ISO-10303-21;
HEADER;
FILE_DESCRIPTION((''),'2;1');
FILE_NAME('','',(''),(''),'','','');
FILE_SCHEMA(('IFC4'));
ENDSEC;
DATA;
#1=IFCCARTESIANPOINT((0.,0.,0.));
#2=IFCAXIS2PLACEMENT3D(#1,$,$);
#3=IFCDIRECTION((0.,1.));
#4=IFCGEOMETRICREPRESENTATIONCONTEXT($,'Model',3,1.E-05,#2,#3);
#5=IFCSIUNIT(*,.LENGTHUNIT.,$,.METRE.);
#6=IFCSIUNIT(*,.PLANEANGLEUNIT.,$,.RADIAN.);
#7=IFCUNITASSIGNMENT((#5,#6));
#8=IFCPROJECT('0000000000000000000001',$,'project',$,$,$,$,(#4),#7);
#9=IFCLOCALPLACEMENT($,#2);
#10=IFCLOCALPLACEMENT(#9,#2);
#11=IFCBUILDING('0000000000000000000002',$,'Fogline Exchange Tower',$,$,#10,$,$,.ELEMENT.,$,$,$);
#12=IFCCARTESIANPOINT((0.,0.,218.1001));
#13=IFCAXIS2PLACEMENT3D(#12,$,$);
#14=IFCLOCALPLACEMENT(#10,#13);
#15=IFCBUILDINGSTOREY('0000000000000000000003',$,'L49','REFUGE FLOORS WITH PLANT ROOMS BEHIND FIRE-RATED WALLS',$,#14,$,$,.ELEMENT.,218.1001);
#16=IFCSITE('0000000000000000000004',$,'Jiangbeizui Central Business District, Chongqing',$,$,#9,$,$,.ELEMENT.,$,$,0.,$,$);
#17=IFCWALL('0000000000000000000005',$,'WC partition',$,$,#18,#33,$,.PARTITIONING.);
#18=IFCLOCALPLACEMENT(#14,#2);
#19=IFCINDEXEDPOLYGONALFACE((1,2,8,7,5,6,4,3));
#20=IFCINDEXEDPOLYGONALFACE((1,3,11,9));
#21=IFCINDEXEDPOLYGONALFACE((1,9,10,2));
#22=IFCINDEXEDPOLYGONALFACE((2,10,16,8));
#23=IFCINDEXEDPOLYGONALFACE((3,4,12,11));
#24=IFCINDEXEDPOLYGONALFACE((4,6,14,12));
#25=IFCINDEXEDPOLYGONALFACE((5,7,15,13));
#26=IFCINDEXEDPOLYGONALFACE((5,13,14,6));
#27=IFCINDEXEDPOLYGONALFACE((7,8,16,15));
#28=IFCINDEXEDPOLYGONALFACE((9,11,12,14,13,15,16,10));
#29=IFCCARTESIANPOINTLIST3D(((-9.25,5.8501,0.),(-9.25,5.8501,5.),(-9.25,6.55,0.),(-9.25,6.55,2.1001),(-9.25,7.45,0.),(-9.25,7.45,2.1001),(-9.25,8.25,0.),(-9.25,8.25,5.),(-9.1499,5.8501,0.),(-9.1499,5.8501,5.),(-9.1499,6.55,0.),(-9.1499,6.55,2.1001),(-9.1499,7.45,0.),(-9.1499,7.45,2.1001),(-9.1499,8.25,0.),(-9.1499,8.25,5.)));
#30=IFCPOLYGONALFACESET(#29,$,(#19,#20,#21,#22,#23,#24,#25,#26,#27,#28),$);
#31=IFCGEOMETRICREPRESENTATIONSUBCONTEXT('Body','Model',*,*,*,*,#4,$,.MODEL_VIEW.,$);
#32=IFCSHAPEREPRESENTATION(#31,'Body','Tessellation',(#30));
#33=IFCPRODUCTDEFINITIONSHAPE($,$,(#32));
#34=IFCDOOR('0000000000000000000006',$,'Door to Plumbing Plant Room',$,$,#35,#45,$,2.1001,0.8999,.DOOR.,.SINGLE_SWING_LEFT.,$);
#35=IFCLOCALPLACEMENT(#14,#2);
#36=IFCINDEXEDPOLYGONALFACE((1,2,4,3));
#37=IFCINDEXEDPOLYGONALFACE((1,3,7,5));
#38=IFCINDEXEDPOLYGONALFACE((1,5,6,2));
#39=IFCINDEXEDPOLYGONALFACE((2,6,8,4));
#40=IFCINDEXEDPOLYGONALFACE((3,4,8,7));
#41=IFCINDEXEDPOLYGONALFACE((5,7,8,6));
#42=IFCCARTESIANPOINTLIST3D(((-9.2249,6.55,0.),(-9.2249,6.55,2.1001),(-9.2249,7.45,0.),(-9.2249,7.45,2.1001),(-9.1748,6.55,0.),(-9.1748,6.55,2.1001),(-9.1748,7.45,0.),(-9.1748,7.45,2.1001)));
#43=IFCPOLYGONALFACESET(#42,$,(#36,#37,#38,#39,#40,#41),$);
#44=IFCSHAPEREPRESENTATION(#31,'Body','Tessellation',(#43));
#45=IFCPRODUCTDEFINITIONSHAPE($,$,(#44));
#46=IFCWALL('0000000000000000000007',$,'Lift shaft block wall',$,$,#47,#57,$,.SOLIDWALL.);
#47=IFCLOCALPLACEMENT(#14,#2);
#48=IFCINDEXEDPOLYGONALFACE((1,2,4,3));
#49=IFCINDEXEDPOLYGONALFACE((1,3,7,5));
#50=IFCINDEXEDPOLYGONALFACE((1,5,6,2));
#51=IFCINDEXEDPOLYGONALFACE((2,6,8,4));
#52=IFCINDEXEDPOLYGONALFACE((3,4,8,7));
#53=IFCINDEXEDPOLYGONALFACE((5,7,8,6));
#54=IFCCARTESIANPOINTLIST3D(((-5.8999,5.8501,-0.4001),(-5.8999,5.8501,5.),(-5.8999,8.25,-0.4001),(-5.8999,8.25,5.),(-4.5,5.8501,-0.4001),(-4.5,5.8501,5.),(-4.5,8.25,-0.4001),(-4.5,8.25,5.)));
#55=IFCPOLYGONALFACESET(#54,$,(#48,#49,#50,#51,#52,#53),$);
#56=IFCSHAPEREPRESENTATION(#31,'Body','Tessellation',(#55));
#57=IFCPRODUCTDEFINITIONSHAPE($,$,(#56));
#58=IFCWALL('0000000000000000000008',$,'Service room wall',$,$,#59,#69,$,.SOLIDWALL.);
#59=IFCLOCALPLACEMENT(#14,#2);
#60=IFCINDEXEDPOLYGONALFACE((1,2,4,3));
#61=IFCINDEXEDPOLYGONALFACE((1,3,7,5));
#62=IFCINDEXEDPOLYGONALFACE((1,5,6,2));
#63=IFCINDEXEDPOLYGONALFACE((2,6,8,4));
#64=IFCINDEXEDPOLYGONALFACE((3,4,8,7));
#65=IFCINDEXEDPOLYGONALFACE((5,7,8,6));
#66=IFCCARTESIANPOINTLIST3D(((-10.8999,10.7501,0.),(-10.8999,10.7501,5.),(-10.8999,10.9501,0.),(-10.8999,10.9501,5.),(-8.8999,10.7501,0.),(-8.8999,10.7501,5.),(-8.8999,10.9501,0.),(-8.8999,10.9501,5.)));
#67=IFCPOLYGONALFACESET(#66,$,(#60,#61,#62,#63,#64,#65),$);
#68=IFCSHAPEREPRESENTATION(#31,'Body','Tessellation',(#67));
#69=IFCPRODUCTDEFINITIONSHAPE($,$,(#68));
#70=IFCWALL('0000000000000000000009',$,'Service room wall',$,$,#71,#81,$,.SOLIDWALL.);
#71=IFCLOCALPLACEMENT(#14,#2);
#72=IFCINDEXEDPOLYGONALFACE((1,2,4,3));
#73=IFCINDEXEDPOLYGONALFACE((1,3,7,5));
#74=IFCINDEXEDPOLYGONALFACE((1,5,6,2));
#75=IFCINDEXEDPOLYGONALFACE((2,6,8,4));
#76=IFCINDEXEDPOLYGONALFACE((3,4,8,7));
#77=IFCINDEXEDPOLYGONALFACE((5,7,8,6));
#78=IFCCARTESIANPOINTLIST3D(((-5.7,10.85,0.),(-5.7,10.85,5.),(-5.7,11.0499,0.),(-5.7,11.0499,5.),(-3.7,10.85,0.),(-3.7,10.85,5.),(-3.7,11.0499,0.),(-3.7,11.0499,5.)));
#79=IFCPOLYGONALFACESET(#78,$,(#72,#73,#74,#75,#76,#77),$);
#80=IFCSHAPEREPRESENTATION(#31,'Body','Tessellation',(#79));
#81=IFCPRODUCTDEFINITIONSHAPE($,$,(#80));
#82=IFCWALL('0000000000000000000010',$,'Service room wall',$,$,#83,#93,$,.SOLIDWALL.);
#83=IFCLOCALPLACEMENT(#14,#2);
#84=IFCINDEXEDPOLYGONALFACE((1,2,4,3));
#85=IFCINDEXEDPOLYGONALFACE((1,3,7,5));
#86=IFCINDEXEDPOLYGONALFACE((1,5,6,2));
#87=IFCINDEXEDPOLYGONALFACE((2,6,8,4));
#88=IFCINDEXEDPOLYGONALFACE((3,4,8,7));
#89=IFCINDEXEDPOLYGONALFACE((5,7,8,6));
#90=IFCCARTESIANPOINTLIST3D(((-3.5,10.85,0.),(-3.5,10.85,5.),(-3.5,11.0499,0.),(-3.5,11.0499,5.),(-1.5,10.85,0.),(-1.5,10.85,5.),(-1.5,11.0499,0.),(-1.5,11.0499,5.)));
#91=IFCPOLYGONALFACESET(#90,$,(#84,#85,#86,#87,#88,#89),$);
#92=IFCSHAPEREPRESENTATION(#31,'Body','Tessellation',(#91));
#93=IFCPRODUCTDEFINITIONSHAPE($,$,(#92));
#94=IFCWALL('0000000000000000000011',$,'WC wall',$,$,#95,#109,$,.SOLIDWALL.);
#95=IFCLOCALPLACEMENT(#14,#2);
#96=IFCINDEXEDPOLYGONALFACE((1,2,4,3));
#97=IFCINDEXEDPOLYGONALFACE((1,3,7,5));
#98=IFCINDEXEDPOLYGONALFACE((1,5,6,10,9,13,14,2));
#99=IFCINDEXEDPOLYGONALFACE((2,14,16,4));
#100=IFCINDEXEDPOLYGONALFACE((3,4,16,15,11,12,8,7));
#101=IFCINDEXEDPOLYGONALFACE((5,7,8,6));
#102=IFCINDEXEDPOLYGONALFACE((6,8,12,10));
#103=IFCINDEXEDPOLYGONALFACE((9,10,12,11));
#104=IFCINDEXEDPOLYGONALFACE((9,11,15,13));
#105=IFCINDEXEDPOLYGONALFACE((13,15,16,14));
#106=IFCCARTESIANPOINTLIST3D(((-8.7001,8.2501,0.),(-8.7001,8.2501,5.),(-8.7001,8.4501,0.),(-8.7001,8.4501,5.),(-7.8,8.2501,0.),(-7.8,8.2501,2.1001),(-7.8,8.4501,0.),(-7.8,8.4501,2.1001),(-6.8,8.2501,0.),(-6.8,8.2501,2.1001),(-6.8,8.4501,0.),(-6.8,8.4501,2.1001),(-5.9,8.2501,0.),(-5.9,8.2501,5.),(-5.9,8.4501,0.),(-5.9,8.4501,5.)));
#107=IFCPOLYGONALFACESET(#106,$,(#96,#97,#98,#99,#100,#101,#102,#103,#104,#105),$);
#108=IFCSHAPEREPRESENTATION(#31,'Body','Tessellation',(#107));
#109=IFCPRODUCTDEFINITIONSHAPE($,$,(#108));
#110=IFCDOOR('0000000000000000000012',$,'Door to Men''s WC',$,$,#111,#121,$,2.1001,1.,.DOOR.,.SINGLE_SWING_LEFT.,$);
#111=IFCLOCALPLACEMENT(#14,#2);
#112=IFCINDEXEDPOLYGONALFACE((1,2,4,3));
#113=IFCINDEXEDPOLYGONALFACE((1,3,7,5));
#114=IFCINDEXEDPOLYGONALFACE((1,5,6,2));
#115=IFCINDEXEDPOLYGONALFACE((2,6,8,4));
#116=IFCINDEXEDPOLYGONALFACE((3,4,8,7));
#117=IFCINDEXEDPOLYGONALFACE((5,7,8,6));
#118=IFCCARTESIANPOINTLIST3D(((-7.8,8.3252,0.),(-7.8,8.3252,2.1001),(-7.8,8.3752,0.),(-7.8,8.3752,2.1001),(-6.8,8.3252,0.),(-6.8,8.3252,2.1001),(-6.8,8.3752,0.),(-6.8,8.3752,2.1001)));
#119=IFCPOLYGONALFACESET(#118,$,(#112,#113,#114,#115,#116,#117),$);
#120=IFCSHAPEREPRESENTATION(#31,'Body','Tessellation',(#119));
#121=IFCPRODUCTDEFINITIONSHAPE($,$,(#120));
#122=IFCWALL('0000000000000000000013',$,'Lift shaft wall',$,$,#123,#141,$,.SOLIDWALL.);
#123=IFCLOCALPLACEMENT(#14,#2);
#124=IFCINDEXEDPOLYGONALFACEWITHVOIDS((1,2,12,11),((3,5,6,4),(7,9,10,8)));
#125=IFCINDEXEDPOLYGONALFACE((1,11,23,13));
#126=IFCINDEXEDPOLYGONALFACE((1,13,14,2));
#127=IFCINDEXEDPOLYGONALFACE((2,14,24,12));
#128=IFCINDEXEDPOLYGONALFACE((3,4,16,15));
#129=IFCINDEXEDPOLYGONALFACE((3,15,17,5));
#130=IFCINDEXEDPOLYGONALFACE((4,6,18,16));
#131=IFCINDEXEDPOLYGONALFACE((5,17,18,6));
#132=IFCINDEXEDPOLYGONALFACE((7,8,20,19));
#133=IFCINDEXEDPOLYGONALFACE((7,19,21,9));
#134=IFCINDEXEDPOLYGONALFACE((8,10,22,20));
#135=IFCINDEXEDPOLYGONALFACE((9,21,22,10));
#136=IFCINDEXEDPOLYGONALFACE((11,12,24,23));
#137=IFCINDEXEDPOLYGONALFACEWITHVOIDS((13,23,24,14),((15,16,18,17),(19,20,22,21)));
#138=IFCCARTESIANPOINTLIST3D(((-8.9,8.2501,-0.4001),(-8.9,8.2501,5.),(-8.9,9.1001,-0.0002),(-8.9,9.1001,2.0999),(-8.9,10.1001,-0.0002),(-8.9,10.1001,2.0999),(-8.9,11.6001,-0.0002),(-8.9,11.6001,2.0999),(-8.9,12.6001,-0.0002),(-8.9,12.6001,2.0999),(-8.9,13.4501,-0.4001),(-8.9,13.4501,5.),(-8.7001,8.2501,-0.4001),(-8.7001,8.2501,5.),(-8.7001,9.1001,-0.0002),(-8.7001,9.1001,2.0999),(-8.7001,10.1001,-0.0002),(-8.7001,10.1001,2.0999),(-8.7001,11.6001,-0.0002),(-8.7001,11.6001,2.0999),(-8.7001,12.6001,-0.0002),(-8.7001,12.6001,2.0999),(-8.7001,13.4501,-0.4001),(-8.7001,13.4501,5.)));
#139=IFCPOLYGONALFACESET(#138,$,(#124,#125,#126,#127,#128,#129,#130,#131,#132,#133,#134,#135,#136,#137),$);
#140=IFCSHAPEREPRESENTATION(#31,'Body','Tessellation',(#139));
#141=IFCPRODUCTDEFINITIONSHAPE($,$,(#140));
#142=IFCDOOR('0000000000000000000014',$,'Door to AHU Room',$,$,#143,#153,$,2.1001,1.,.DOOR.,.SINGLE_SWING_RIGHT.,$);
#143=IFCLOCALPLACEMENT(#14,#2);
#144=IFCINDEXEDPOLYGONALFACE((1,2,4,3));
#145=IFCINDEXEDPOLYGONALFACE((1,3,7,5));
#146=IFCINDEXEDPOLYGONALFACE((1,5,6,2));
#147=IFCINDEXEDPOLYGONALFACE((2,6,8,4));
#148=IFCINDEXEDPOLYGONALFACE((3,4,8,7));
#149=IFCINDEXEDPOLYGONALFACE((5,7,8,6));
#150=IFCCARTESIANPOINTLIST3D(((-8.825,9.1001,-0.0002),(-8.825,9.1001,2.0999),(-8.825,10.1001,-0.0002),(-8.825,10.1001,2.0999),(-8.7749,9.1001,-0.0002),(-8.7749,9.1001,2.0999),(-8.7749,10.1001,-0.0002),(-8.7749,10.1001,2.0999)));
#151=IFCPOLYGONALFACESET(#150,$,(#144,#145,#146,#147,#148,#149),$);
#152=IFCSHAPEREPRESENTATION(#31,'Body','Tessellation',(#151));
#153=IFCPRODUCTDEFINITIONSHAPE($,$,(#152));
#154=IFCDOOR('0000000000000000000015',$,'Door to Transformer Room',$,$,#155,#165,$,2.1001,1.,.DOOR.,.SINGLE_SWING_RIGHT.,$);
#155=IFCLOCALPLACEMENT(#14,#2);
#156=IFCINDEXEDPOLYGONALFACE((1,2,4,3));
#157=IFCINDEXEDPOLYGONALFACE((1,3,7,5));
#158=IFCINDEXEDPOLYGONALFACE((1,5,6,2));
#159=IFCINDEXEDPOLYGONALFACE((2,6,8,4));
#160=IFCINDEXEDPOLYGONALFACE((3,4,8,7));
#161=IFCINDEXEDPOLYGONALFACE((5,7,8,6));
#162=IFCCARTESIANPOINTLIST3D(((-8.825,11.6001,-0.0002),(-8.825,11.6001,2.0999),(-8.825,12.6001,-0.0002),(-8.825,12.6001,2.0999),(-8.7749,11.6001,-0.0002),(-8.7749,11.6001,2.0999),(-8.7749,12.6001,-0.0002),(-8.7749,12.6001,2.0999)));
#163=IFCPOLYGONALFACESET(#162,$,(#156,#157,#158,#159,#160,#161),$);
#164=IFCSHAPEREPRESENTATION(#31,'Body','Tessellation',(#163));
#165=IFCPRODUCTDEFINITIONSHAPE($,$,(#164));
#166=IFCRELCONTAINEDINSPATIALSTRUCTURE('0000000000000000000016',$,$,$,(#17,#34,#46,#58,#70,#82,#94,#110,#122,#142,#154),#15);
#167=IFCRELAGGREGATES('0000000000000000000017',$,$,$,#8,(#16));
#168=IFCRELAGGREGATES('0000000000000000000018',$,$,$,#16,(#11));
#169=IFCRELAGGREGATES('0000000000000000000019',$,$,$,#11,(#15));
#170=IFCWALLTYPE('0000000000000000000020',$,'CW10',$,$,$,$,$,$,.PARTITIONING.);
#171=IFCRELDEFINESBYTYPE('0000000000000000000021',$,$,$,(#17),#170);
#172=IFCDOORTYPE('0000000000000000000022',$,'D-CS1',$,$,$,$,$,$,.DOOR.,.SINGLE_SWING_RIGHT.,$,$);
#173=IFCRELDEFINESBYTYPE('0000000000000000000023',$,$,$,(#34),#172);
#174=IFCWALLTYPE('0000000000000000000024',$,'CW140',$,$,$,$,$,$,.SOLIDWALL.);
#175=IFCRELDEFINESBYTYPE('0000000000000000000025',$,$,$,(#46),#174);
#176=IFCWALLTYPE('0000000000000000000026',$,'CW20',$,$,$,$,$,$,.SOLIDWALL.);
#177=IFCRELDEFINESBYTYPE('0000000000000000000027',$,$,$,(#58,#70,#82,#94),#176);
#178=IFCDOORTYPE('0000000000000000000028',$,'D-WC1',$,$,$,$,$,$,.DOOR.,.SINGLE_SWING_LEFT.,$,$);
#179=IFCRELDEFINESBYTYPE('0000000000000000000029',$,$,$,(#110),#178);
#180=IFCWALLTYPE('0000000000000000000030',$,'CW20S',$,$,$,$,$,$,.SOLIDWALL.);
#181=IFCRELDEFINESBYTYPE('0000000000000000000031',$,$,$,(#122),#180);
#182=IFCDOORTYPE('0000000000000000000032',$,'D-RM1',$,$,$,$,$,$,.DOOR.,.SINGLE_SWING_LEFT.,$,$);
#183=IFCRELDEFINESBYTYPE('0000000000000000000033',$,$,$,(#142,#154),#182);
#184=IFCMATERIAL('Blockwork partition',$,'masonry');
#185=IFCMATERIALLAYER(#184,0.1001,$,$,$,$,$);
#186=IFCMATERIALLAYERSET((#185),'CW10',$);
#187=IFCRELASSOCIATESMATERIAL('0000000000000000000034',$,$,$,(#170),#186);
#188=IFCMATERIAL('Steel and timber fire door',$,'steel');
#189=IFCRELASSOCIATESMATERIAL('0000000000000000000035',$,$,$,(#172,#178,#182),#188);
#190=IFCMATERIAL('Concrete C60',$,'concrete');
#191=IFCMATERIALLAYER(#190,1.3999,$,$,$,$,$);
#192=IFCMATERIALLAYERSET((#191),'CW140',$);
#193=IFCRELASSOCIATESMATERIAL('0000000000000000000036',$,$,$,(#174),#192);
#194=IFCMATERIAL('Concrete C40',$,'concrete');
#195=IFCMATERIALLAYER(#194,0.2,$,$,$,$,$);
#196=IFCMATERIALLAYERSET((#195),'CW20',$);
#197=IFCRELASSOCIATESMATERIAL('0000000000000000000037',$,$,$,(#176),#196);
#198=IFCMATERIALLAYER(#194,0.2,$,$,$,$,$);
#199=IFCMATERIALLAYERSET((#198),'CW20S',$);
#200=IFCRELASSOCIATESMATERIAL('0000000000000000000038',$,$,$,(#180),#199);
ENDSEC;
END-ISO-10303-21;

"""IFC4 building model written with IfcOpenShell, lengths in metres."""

from ifc_helpers import new_model, si_unit, direction, frame, frame_2d, origin, place, context, subcontext, project, spatial, rectangle, extrude, material, layer, layer_set, type_object, element, fill, save


model = new_model("IFC4")

# Units and contexts
model_context = context("Model", 3, precision=1e-05, world=origin(), true_north=direction((0.0, 1.0)))
body_context = subcontext(model_context, "Body", "Model", "MODEL_VIEW")
ifc_project = project(units=[si_unit("LENGTHUNIT", "METRE"), si_unit("PLANEANGLEUNIT", "RADIAN")], contexts=[model_context])

# Site, building, storey
site_placement = place(None, origin())
site = spatial("IfcSite", under=ifc_project, at=site_placement, Name="Jiangbeizui Central Business District, Chongqing", CompositionType="ELEMENT", RefElevation=0.0)
building_placement = place(site_placement, origin())
building = spatial("IfcBuilding", under=site, at=building_placement, Name="Fogline Exchange Tower", CompositionType="ELEMENT")
storey_placement = place(building_placement, frame((0.0, 0.0, 218.1001)))
storey = spatial("IfcBuildingStorey", under=building, at=storey_placement, Name="L49", Description="REFUGE FLOORS WITH PLANT ROOMS BEHIND FIRE-RATED WALLS", CompositionType="ELEMENT", Elevation=218.1001)

# Wall, opening, door
ifc_material_1 = material(Name="Blockwork partition", Category="masonry")
ifc_layer_1 = layer(ifc_material_1, 0.1001)
ifc_layer_set_1 = layer_set([ifc_layer_1], Name="CW10")
wall_type_1 = type_object("IfcWallType", Name="CW10", PredefinedType="PARTITIONING", material=ifc_layer_set_1)
wall_1_placement = place(storey_placement, frame((-9.2, 5.8501, 0.0), z_axis=(0.0, 0.0, 1.0), x_axis=(0.0, 1.0, 0.0)))
wall_1 = element("IfcWall", 1, at=wall_1_placement, inside=storey, type_object=wall_type_1, Name="WC partition", PredefinedType="PARTITIONING", context=body_context, shape_type="SweptSolid", body=[
    extrude(rectangle(XDim=2.3999, YDim=0.1001, at=frame_2d((1.2, 0.0))), origin(), (0.0, 0.0, 1.0), 5.0),
])
opening_1_placement = place(wall_1_placement, frame((0.7, 0.0, 0.0)))
opening_1 = element("IfcOpeningElement", 2, at=opening_1_placement, cuts=wall_1, PredefinedType="OPENING", context=body_context, shape_type="SweptSolid", body=[
    extrude(rectangle(XDim=0.8999, YDim=2.1001, at=frame_2d((0.45, 1.05))), frame((0.0, 0.0601, 0.0), z_axis=(0.0, -1.0, 0.0), x_axis=(1.0, 0.0, 0.0)), (0.0, 0.0, 1.0), 0.1201),
])
ifc_material_2 = material(Name="Steel and timber fire door", Category="steel")
door_type_1 = type_object("IfcDoorType", Name="D-CS1", OperationType="SINGLE_SWING_RIGHT", PredefinedType="DOOR", material=ifc_material_2)
door_1_placement = place(opening_1_placement, origin())
door_1 = element("IfcDoor", 3, at=door_1_placement, inside=storey, type_object=door_type_1, Name="Door to Plumbing Plant Room", OperationType="SINGLE_SWING_LEFT", OverallHeight=2.1001, OverallWidth=0.8999, PredefinedType="DOOR", context=body_context, shape_type="SweptSolid", body=[
    extrude(rectangle(XDim=0.8999, YDim=2.1001, at=frame_2d((0.45, 1.05))), frame((0.0, 0.0249, 0.0), z_axis=(0.0, -1.0, 0.0), x_axis=(1.0, 0.0, 0.0)), (0.0, 0.0, 1.0), 0.05),
])
fill(opening_1, door_1)

# Walls
ifc_material_3 = material(Name="Concrete C60", Category="concrete")
ifc_layer_2 = layer(ifc_material_3, 1.3999)
ifc_layer_set_2 = layer_set([ifc_layer_2], Name="CW140")
wall_type_2 = type_object("IfcWallType", Name="CW140", PredefinedType="SOLIDWALL", material=ifc_layer_set_2)
wall_2_placement = place(storey_placement, frame((-5.2, 5.8501, -0.4001), z_axis=(0.0, 0.0, 1.0), x_axis=(0.0, 1.0, 0.0)))
element("IfcWall", 4, at=wall_2_placement, inside=storey, type_object=wall_type_2, Name="Lift shaft block wall", PredefinedType="SOLIDWALL", context=body_context, shape_type="SweptSolid", body=[
    extrude(rectangle(XDim=2.3999, YDim=1.3999, at=frame_2d((1.2, 0.0))), origin(), (0.0, 0.0, 1.0), 5.4001),
])
ifc_material_4 = material(Name="Concrete C40", Category="concrete")
ifc_layer_3 = layer(ifc_material_4, 0.2)
ifc_layer_set_3 = layer_set([ifc_layer_3], Name="CW20")
wall_type_3 = type_object("IfcWallType", Name="CW20", PredefinedType="SOLIDWALL", material=ifc_layer_set_3)
for number, where, z_axis, x_axis, name in (
    (5, (-10.8999, 10.8501, 0.0), (0.0, 0.0, 1.0), (1.0, 0.0, 0.0), "Service room wall"),
    (6, (-5.7, 10.95, 0.0), (0.0, 0.0, 1.0), (1.0, 0.0, 0.0), "Service room wall"),
    (7, (-3.5, 10.95, 0.0), (0.0, 0.0, 1.0), (1.0, 0.0, 0.0), "Service room wall"),
):
    element("IfcWall", number, at=place(storey_placement, frame(where, z_axis=z_axis, x_axis=x_axis)), inside=storey, type_object=wall_type_3, Name=name, PredefinedType="SOLIDWALL", context=body_context, shape_type="SweptSolid", body=[
        extrude(rectangle(XDim=2.0, YDim=0.2, at=frame_2d((1.0, 0.0))), origin(), (0.0, 0.0, 1.0), 5.0),
    ])

# Wall, opening, door
wall_3_placement = place(storey_placement, frame((-8.7, 8.3501, 0.0), z_axis=(0.0, 0.0, 1.0), x_axis=(1.0, 0.0, 0.0)))
wall_3 = element("IfcWall", 8, at=wall_3_placement, inside=storey, type_object=wall_type_3, Name="WC wall", PredefinedType="SOLIDWALL", context=body_context, shape_type="SweptSolid", body=[
    extrude(rectangle(XDim=2.8, YDim=0.2, at=frame_2d((1.3999, 0.0))), origin(), (0.0, 0.0, 1.0), 5.0),
])
opening_2_placement = place(wall_3_placement, frame((0.8999, 0.0, 0.0)))
opening_2 = element("IfcOpeningElement", 9, at=opening_2_placement, cuts=wall_3, PredefinedType="OPENING", context=body_context, shape_type="SweptSolid", body=[
    extrude(rectangle(XDim=1.0, YDim=2.1001, at=frame_2d((0.5, 1.05))), frame((0.0, 0.1099, 0.0), z_axis=(0.0, -1.0, 0.0), x_axis=(1.0, 0.0, 0.0)), (0.0, 0.0, 1.0), 0.22),
])
door_type_2 = type_object("IfcDoorType", Name="D-WC1", OperationType="SINGLE_SWING_LEFT", PredefinedType="DOOR", material=ifc_material_2)
door_2_placement = place(opening_2_placement, frame((1.0, 0.0, 0.0), z_axis=(0.0, 0.0, 1.0), x_axis=(-1.0, 0.0, 0.0)))
door_2 = element("IfcDoor", 10, at=door_2_placement, inside=storey, type_object=door_type_2, Name="Door to Men's WC", OperationType="SINGLE_SWING_LEFT", OverallHeight=2.1001, OverallWidth=1.0, PredefinedType="DOOR", context=body_context, shape_type="SweptSolid", body=[
    extrude(rectangle(XDim=1.0, YDim=2.1001, at=frame_2d((0.5, 1.05))), frame((0.0, 0.0249, 0.0), z_axis=(0.0, -1.0, 0.0), x_axis=(1.0, 0.0, 0.0)), (0.0, 0.0, 1.0), 0.05),
])
fill(opening_2, door_2)

# Wall, openings, doors
ifc_layer_4 = layer(ifc_material_4, 0.2)
ifc_layer_set_4 = layer_set([ifc_layer_4], Name="CW20S")
wall_type_4 = type_object("IfcWallType", Name="CW20S", PredefinedType="SOLIDWALL", material=ifc_layer_set_4)
wall_4_placement = place(storey_placement, frame((-8.8, 8.25, -0.4001), z_axis=(0.0, 0.0, 1.0), x_axis=(0.0, 1.0, 0.0)))
wall_4 = element("IfcWall", 11, at=wall_4_placement, inside=storey, type_object=wall_type_4, Name="Lift shaft wall", PredefinedType="SOLIDWALL", context=body_context, shape_type="SweptSolid", body=[
    extrude(rectangle(XDim=5.2, YDim=0.2, at=frame_2d((2.6001, 0.0))), origin(), (0.0, 0.0, 1.0), 5.4001),
])
opening_3_placement = place(wall_4_placement, frame((0.8501, 0.0, 0.3999)))
opening_3 = element("IfcOpeningElement", 12, at=opening_3_placement, cuts=wall_4, PredefinedType="OPENING", context=body_context, shape_type="SweptSolid", body=[
    extrude(rectangle(XDim=1.0, YDim=2.1001, at=frame_2d((0.5, 1.05))), frame((0.0, 0.1099, 0.0), z_axis=(0.0, -1.0, 0.0), x_axis=(1.0, 0.0, 0.0)), (0.0, 0.0, 1.0), 0.22),
])
opening_4_placement = place(wall_4_placement, frame((3.3501, 0.0, 0.3999)))
opening_4 = element("IfcOpeningElement", 13, at=opening_4_placement, cuts=wall_4, PredefinedType="OPENING", context=body_context, shape_type="SweptSolid", body=[
    extrude(rectangle(XDim=1.0, YDim=2.1001, at=frame_2d((0.5, 1.05))), frame((0.0, 0.1099, 0.0), z_axis=(0.0, -1.0, 0.0), x_axis=(1.0, 0.0, 0.0)), (0.0, 0.0, 1.0), 0.22),
])
door_type_3 = type_object("IfcDoorType", Name="D-RM1", OperationType="SINGLE_SWING_LEFT", PredefinedType="DOOR", material=ifc_material_2)
door_3_placement = place(opening_3_placement, origin())
door_3 = element("IfcDoor", 14, at=door_3_placement, inside=storey, type_object=door_type_3, Name="Door to AHU Room", OperationType="SINGLE_SWING_RIGHT", OverallHeight=2.1001, OverallWidth=1.0, PredefinedType="DOOR", context=body_context, shape_type="SweptSolid", body=[
    extrude(rectangle(XDim=1.0, YDim=2.1001, at=frame_2d((0.5, 1.05))), frame((0.0, 0.0249, 0.0), z_axis=(0.0, -1.0, 0.0), x_axis=(1.0, 0.0, 0.0)), (0.0, 0.0, 1.0), 0.05),
])
fill(opening_3, door_3)
door_4_placement = place(opening_4_placement, origin())
door_4 = element("IfcDoor", 15, at=door_4_placement, inside=storey, type_object=door_type_3, Name="Door to Transformer Room", OperationType="SINGLE_SWING_RIGHT", OverallHeight=2.1001, OverallWidth=1.0, PredefinedType="DOOR", context=body_context, shape_type="SweptSolid", body=[
    extrude(rectangle(XDim=1.0, YDim=2.1001, at=frame_2d((0.5, 1.05))), frame((0.0, 0.0249, 0.0), z_axis=(0.0, -1.0, 0.0), x_axis=(1.0, 0.0, 0.0)), (0.0, 0.0, 1.0), 0.05),
])
fill(opening_4, door_4)

save(model, "model.ifc")
